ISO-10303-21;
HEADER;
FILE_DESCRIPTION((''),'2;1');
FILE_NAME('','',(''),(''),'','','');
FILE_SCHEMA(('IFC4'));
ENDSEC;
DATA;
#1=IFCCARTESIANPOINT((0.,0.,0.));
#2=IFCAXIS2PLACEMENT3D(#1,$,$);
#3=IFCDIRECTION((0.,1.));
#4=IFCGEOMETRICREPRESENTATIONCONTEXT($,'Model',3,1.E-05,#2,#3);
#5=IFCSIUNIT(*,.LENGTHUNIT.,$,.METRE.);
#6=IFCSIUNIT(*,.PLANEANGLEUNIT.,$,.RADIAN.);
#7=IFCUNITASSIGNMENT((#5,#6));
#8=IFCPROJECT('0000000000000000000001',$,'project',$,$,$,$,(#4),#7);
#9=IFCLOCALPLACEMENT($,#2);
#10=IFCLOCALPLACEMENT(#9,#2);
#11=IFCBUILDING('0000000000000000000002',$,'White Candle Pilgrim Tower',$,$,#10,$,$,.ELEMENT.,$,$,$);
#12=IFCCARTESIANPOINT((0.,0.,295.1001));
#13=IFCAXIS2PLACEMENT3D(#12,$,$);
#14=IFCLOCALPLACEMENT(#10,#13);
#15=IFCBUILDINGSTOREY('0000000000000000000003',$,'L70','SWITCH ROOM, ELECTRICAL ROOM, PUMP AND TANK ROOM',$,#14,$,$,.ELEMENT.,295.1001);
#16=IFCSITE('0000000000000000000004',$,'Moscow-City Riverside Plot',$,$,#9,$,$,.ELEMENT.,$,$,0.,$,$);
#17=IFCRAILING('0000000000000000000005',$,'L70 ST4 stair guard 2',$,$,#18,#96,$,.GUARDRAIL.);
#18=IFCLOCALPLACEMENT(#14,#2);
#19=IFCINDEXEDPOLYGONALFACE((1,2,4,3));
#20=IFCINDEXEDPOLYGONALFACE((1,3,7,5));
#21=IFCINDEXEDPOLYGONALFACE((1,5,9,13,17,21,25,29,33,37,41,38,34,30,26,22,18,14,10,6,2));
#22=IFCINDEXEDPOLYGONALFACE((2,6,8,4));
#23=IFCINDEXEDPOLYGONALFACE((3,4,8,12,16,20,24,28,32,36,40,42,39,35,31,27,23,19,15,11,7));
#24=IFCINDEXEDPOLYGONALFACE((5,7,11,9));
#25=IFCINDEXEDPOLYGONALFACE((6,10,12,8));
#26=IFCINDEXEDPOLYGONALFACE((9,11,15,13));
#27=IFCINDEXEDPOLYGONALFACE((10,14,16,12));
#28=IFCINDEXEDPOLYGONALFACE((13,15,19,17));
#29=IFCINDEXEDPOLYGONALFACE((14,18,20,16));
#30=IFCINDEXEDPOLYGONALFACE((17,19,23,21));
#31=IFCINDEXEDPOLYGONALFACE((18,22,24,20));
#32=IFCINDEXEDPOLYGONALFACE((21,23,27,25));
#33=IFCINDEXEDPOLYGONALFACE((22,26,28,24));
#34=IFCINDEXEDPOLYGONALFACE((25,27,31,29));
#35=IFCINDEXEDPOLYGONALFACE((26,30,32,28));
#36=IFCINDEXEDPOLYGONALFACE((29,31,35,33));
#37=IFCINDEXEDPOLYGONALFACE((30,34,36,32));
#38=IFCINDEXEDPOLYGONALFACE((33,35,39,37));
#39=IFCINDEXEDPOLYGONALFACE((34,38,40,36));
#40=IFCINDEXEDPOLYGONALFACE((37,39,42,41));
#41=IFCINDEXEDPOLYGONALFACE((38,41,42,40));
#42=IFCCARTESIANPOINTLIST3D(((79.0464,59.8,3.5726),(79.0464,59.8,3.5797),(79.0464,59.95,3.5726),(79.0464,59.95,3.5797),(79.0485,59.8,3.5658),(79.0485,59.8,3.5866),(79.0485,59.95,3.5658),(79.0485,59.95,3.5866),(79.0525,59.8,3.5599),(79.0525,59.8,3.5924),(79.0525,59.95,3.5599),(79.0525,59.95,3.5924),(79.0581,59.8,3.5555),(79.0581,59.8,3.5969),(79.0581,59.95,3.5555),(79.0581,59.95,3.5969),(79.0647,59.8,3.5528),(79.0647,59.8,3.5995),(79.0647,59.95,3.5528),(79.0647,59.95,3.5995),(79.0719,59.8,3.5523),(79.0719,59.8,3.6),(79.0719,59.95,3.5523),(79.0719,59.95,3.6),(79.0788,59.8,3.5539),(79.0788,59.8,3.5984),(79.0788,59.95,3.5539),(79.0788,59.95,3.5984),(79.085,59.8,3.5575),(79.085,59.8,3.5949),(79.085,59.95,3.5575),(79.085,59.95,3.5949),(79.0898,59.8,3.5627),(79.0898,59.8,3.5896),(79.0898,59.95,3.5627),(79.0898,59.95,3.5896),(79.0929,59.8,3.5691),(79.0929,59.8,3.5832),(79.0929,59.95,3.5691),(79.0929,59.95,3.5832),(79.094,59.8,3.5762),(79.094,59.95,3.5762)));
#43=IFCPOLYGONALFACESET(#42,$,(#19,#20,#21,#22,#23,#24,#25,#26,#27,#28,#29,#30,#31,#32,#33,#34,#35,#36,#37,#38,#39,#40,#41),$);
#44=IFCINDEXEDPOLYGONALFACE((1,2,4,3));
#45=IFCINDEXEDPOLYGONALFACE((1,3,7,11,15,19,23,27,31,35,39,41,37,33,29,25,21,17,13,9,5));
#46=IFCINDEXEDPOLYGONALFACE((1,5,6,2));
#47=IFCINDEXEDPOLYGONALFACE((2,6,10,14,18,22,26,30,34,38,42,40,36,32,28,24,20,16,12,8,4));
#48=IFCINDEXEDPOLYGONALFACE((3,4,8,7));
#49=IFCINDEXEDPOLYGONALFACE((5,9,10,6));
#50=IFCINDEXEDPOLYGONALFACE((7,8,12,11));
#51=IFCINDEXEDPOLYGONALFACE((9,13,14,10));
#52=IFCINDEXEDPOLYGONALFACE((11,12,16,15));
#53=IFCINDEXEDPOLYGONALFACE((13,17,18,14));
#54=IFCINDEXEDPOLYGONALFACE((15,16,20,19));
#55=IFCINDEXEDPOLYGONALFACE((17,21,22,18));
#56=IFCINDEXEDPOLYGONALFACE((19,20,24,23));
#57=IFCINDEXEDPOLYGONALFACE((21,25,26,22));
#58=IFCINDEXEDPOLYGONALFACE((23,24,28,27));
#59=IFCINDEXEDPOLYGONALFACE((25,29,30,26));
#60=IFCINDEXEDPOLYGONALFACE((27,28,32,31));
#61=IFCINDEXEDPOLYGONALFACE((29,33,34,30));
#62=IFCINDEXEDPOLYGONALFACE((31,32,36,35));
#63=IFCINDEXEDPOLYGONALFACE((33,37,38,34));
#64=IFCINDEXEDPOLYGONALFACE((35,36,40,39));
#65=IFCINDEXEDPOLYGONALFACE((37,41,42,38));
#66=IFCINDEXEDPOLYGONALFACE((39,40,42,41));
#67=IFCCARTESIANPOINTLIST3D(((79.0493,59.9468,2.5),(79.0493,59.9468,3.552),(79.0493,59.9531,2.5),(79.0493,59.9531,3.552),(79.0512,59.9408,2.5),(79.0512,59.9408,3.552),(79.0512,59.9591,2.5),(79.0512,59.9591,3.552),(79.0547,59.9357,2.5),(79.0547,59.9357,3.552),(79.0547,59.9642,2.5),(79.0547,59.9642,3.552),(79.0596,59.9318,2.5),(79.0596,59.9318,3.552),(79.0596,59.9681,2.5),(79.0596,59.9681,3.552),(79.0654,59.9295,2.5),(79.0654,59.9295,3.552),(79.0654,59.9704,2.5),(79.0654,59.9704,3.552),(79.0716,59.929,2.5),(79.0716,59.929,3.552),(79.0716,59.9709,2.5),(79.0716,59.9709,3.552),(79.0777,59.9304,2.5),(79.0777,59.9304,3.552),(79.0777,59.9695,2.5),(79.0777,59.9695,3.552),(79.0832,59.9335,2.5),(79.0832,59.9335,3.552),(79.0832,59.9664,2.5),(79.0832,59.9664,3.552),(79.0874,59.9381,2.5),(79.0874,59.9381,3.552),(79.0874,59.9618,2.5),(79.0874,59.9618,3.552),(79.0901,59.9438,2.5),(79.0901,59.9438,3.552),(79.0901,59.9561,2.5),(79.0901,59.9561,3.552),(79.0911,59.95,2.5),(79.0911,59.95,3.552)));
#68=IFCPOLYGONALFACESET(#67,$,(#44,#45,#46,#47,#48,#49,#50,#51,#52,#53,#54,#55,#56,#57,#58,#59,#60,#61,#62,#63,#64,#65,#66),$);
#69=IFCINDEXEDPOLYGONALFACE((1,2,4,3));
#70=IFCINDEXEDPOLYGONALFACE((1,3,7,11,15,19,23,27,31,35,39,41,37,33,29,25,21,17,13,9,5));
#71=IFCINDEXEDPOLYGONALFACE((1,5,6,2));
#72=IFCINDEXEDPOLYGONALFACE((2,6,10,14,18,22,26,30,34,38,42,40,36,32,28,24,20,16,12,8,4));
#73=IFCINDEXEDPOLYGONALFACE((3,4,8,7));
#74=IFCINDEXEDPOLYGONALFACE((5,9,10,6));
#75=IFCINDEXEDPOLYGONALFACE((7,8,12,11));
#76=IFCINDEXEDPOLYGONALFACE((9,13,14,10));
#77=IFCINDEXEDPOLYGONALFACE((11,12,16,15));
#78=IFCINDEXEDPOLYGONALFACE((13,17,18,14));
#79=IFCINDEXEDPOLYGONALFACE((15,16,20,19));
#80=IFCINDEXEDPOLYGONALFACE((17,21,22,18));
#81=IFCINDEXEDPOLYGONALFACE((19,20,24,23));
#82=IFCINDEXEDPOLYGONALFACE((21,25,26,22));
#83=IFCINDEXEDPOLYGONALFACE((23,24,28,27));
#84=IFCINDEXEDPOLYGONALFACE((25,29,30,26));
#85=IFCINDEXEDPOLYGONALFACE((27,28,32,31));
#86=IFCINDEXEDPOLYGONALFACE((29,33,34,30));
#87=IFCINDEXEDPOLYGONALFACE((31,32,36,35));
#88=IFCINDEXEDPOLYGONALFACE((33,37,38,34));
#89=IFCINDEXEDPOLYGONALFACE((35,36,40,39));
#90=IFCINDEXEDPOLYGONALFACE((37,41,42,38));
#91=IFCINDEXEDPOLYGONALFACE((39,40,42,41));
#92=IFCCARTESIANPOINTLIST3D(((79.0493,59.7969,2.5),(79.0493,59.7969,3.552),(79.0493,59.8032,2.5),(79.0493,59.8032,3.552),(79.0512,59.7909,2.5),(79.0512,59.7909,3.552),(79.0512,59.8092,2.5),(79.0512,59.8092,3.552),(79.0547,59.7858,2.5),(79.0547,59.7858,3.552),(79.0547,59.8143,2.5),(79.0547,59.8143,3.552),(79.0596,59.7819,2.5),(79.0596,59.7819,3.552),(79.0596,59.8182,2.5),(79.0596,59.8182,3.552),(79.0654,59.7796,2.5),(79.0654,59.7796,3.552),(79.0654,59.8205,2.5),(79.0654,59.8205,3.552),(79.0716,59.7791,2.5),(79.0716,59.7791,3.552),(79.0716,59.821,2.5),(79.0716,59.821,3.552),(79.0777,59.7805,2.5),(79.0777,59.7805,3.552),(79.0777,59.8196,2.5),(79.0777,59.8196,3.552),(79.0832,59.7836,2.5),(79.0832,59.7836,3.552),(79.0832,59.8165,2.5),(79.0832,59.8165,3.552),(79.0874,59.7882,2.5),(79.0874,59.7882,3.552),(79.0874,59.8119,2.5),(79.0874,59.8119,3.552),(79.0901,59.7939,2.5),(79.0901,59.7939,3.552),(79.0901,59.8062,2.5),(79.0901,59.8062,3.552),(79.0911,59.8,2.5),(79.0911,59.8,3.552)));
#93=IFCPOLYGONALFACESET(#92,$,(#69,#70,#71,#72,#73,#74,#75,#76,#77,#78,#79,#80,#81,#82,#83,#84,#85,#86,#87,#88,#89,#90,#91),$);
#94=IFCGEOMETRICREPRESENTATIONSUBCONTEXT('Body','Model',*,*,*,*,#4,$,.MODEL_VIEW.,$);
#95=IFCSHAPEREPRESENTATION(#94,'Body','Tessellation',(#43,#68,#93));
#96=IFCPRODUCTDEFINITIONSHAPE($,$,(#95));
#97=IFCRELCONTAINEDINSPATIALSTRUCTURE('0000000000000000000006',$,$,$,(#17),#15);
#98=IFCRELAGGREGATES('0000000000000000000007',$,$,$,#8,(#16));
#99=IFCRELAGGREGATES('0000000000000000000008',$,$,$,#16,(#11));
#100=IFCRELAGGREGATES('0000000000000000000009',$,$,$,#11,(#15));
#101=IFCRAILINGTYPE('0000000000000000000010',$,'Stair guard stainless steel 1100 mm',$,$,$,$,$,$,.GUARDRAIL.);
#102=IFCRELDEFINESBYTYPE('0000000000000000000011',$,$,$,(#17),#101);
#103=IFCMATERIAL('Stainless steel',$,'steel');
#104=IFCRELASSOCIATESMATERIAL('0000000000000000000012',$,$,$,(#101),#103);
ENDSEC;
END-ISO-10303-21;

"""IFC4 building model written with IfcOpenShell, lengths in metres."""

from ifc_helpers import new_model, si_unit, direction, frame, origin, origin_2d, place, context, subcontext, project, spatial, circle, extrude, material, type_object, element, save


model = new_model("IFC4")

# Units and contexts
model_context = context("Model", 3, precision=1e-05, world=origin(), true_north=direction((0.0, 1.0)))
body_context = subcontext(model_context, "Body", "Model", "MODEL_VIEW")
ifc_project = project(units=[si_unit("LENGTHUNIT", "METRE"), si_unit("PLANEANGLEUNIT", "RADIAN")], contexts=[model_context])

# Site, building, storey
site_placement = place(None, origin())
site = spatial("IfcSite", under=ifc_project, at=site_placement, Name="Moscow-City Riverside Plot", CompositionType="ELEMENT", RefElevation=0.0)
building_placement = place(site_placement, origin())
building = spatial("IfcBuilding", under=site, at=building_placement, Name="White Candle Pilgrim Tower", CompositionType="ELEMENT")
storey_placement = place(building_placement, frame((0.0, 0.0, 295.1001)))
storey = spatial("IfcBuildingStorey", under=building, at=storey_placement, Name="L70", Description="SWITCH ROOM, ELECTRICAL ROOM, PUMP AND TANK ROOM", CompositionType="ELEMENT", Elevation=295.1001)

# Railing
ifc_material_1 = material(Name="Stainless steel", Category="steel")
railing_type_1 = type_object("IfcRailingType", Name="Stair guard stainless steel 1100 mm", PredefinedType="GUARDRAIL", material=ifc_material_1)
railing_1_placement = place(storey_placement, frame((79.0701, 59.95, 2.5)))
element("IfcRailing", 1, at=railing_1_placement, inside=storey, type_object=railing_type_1, Name="L70 ST4 stair guard 2", PredefinedType="GUARDRAIL", context=body_context, shape_type="SweptSolid", body=[
    extrude(circle(Radius=0.0239, at=origin_2d()), frame((0.0, 0.0, 1.0762), z_axis=(0.0, -1.0, 0.0), x_axis=(1.0, 0.0, 0.0)), (0.0, 0.0, 1.0), 0.1499),
    extrude(circle(Radius=0.021, at=origin_2d()), origin(), (0.0, 0.0, 1.0), 1.052),
    extrude(circle(Radius=0.021, at=origin_2d()), frame((0.0, -0.1499, 0.0)), (0.0, 0.0, 1.0), 1.052),
])

save(model, "model.ifc")
